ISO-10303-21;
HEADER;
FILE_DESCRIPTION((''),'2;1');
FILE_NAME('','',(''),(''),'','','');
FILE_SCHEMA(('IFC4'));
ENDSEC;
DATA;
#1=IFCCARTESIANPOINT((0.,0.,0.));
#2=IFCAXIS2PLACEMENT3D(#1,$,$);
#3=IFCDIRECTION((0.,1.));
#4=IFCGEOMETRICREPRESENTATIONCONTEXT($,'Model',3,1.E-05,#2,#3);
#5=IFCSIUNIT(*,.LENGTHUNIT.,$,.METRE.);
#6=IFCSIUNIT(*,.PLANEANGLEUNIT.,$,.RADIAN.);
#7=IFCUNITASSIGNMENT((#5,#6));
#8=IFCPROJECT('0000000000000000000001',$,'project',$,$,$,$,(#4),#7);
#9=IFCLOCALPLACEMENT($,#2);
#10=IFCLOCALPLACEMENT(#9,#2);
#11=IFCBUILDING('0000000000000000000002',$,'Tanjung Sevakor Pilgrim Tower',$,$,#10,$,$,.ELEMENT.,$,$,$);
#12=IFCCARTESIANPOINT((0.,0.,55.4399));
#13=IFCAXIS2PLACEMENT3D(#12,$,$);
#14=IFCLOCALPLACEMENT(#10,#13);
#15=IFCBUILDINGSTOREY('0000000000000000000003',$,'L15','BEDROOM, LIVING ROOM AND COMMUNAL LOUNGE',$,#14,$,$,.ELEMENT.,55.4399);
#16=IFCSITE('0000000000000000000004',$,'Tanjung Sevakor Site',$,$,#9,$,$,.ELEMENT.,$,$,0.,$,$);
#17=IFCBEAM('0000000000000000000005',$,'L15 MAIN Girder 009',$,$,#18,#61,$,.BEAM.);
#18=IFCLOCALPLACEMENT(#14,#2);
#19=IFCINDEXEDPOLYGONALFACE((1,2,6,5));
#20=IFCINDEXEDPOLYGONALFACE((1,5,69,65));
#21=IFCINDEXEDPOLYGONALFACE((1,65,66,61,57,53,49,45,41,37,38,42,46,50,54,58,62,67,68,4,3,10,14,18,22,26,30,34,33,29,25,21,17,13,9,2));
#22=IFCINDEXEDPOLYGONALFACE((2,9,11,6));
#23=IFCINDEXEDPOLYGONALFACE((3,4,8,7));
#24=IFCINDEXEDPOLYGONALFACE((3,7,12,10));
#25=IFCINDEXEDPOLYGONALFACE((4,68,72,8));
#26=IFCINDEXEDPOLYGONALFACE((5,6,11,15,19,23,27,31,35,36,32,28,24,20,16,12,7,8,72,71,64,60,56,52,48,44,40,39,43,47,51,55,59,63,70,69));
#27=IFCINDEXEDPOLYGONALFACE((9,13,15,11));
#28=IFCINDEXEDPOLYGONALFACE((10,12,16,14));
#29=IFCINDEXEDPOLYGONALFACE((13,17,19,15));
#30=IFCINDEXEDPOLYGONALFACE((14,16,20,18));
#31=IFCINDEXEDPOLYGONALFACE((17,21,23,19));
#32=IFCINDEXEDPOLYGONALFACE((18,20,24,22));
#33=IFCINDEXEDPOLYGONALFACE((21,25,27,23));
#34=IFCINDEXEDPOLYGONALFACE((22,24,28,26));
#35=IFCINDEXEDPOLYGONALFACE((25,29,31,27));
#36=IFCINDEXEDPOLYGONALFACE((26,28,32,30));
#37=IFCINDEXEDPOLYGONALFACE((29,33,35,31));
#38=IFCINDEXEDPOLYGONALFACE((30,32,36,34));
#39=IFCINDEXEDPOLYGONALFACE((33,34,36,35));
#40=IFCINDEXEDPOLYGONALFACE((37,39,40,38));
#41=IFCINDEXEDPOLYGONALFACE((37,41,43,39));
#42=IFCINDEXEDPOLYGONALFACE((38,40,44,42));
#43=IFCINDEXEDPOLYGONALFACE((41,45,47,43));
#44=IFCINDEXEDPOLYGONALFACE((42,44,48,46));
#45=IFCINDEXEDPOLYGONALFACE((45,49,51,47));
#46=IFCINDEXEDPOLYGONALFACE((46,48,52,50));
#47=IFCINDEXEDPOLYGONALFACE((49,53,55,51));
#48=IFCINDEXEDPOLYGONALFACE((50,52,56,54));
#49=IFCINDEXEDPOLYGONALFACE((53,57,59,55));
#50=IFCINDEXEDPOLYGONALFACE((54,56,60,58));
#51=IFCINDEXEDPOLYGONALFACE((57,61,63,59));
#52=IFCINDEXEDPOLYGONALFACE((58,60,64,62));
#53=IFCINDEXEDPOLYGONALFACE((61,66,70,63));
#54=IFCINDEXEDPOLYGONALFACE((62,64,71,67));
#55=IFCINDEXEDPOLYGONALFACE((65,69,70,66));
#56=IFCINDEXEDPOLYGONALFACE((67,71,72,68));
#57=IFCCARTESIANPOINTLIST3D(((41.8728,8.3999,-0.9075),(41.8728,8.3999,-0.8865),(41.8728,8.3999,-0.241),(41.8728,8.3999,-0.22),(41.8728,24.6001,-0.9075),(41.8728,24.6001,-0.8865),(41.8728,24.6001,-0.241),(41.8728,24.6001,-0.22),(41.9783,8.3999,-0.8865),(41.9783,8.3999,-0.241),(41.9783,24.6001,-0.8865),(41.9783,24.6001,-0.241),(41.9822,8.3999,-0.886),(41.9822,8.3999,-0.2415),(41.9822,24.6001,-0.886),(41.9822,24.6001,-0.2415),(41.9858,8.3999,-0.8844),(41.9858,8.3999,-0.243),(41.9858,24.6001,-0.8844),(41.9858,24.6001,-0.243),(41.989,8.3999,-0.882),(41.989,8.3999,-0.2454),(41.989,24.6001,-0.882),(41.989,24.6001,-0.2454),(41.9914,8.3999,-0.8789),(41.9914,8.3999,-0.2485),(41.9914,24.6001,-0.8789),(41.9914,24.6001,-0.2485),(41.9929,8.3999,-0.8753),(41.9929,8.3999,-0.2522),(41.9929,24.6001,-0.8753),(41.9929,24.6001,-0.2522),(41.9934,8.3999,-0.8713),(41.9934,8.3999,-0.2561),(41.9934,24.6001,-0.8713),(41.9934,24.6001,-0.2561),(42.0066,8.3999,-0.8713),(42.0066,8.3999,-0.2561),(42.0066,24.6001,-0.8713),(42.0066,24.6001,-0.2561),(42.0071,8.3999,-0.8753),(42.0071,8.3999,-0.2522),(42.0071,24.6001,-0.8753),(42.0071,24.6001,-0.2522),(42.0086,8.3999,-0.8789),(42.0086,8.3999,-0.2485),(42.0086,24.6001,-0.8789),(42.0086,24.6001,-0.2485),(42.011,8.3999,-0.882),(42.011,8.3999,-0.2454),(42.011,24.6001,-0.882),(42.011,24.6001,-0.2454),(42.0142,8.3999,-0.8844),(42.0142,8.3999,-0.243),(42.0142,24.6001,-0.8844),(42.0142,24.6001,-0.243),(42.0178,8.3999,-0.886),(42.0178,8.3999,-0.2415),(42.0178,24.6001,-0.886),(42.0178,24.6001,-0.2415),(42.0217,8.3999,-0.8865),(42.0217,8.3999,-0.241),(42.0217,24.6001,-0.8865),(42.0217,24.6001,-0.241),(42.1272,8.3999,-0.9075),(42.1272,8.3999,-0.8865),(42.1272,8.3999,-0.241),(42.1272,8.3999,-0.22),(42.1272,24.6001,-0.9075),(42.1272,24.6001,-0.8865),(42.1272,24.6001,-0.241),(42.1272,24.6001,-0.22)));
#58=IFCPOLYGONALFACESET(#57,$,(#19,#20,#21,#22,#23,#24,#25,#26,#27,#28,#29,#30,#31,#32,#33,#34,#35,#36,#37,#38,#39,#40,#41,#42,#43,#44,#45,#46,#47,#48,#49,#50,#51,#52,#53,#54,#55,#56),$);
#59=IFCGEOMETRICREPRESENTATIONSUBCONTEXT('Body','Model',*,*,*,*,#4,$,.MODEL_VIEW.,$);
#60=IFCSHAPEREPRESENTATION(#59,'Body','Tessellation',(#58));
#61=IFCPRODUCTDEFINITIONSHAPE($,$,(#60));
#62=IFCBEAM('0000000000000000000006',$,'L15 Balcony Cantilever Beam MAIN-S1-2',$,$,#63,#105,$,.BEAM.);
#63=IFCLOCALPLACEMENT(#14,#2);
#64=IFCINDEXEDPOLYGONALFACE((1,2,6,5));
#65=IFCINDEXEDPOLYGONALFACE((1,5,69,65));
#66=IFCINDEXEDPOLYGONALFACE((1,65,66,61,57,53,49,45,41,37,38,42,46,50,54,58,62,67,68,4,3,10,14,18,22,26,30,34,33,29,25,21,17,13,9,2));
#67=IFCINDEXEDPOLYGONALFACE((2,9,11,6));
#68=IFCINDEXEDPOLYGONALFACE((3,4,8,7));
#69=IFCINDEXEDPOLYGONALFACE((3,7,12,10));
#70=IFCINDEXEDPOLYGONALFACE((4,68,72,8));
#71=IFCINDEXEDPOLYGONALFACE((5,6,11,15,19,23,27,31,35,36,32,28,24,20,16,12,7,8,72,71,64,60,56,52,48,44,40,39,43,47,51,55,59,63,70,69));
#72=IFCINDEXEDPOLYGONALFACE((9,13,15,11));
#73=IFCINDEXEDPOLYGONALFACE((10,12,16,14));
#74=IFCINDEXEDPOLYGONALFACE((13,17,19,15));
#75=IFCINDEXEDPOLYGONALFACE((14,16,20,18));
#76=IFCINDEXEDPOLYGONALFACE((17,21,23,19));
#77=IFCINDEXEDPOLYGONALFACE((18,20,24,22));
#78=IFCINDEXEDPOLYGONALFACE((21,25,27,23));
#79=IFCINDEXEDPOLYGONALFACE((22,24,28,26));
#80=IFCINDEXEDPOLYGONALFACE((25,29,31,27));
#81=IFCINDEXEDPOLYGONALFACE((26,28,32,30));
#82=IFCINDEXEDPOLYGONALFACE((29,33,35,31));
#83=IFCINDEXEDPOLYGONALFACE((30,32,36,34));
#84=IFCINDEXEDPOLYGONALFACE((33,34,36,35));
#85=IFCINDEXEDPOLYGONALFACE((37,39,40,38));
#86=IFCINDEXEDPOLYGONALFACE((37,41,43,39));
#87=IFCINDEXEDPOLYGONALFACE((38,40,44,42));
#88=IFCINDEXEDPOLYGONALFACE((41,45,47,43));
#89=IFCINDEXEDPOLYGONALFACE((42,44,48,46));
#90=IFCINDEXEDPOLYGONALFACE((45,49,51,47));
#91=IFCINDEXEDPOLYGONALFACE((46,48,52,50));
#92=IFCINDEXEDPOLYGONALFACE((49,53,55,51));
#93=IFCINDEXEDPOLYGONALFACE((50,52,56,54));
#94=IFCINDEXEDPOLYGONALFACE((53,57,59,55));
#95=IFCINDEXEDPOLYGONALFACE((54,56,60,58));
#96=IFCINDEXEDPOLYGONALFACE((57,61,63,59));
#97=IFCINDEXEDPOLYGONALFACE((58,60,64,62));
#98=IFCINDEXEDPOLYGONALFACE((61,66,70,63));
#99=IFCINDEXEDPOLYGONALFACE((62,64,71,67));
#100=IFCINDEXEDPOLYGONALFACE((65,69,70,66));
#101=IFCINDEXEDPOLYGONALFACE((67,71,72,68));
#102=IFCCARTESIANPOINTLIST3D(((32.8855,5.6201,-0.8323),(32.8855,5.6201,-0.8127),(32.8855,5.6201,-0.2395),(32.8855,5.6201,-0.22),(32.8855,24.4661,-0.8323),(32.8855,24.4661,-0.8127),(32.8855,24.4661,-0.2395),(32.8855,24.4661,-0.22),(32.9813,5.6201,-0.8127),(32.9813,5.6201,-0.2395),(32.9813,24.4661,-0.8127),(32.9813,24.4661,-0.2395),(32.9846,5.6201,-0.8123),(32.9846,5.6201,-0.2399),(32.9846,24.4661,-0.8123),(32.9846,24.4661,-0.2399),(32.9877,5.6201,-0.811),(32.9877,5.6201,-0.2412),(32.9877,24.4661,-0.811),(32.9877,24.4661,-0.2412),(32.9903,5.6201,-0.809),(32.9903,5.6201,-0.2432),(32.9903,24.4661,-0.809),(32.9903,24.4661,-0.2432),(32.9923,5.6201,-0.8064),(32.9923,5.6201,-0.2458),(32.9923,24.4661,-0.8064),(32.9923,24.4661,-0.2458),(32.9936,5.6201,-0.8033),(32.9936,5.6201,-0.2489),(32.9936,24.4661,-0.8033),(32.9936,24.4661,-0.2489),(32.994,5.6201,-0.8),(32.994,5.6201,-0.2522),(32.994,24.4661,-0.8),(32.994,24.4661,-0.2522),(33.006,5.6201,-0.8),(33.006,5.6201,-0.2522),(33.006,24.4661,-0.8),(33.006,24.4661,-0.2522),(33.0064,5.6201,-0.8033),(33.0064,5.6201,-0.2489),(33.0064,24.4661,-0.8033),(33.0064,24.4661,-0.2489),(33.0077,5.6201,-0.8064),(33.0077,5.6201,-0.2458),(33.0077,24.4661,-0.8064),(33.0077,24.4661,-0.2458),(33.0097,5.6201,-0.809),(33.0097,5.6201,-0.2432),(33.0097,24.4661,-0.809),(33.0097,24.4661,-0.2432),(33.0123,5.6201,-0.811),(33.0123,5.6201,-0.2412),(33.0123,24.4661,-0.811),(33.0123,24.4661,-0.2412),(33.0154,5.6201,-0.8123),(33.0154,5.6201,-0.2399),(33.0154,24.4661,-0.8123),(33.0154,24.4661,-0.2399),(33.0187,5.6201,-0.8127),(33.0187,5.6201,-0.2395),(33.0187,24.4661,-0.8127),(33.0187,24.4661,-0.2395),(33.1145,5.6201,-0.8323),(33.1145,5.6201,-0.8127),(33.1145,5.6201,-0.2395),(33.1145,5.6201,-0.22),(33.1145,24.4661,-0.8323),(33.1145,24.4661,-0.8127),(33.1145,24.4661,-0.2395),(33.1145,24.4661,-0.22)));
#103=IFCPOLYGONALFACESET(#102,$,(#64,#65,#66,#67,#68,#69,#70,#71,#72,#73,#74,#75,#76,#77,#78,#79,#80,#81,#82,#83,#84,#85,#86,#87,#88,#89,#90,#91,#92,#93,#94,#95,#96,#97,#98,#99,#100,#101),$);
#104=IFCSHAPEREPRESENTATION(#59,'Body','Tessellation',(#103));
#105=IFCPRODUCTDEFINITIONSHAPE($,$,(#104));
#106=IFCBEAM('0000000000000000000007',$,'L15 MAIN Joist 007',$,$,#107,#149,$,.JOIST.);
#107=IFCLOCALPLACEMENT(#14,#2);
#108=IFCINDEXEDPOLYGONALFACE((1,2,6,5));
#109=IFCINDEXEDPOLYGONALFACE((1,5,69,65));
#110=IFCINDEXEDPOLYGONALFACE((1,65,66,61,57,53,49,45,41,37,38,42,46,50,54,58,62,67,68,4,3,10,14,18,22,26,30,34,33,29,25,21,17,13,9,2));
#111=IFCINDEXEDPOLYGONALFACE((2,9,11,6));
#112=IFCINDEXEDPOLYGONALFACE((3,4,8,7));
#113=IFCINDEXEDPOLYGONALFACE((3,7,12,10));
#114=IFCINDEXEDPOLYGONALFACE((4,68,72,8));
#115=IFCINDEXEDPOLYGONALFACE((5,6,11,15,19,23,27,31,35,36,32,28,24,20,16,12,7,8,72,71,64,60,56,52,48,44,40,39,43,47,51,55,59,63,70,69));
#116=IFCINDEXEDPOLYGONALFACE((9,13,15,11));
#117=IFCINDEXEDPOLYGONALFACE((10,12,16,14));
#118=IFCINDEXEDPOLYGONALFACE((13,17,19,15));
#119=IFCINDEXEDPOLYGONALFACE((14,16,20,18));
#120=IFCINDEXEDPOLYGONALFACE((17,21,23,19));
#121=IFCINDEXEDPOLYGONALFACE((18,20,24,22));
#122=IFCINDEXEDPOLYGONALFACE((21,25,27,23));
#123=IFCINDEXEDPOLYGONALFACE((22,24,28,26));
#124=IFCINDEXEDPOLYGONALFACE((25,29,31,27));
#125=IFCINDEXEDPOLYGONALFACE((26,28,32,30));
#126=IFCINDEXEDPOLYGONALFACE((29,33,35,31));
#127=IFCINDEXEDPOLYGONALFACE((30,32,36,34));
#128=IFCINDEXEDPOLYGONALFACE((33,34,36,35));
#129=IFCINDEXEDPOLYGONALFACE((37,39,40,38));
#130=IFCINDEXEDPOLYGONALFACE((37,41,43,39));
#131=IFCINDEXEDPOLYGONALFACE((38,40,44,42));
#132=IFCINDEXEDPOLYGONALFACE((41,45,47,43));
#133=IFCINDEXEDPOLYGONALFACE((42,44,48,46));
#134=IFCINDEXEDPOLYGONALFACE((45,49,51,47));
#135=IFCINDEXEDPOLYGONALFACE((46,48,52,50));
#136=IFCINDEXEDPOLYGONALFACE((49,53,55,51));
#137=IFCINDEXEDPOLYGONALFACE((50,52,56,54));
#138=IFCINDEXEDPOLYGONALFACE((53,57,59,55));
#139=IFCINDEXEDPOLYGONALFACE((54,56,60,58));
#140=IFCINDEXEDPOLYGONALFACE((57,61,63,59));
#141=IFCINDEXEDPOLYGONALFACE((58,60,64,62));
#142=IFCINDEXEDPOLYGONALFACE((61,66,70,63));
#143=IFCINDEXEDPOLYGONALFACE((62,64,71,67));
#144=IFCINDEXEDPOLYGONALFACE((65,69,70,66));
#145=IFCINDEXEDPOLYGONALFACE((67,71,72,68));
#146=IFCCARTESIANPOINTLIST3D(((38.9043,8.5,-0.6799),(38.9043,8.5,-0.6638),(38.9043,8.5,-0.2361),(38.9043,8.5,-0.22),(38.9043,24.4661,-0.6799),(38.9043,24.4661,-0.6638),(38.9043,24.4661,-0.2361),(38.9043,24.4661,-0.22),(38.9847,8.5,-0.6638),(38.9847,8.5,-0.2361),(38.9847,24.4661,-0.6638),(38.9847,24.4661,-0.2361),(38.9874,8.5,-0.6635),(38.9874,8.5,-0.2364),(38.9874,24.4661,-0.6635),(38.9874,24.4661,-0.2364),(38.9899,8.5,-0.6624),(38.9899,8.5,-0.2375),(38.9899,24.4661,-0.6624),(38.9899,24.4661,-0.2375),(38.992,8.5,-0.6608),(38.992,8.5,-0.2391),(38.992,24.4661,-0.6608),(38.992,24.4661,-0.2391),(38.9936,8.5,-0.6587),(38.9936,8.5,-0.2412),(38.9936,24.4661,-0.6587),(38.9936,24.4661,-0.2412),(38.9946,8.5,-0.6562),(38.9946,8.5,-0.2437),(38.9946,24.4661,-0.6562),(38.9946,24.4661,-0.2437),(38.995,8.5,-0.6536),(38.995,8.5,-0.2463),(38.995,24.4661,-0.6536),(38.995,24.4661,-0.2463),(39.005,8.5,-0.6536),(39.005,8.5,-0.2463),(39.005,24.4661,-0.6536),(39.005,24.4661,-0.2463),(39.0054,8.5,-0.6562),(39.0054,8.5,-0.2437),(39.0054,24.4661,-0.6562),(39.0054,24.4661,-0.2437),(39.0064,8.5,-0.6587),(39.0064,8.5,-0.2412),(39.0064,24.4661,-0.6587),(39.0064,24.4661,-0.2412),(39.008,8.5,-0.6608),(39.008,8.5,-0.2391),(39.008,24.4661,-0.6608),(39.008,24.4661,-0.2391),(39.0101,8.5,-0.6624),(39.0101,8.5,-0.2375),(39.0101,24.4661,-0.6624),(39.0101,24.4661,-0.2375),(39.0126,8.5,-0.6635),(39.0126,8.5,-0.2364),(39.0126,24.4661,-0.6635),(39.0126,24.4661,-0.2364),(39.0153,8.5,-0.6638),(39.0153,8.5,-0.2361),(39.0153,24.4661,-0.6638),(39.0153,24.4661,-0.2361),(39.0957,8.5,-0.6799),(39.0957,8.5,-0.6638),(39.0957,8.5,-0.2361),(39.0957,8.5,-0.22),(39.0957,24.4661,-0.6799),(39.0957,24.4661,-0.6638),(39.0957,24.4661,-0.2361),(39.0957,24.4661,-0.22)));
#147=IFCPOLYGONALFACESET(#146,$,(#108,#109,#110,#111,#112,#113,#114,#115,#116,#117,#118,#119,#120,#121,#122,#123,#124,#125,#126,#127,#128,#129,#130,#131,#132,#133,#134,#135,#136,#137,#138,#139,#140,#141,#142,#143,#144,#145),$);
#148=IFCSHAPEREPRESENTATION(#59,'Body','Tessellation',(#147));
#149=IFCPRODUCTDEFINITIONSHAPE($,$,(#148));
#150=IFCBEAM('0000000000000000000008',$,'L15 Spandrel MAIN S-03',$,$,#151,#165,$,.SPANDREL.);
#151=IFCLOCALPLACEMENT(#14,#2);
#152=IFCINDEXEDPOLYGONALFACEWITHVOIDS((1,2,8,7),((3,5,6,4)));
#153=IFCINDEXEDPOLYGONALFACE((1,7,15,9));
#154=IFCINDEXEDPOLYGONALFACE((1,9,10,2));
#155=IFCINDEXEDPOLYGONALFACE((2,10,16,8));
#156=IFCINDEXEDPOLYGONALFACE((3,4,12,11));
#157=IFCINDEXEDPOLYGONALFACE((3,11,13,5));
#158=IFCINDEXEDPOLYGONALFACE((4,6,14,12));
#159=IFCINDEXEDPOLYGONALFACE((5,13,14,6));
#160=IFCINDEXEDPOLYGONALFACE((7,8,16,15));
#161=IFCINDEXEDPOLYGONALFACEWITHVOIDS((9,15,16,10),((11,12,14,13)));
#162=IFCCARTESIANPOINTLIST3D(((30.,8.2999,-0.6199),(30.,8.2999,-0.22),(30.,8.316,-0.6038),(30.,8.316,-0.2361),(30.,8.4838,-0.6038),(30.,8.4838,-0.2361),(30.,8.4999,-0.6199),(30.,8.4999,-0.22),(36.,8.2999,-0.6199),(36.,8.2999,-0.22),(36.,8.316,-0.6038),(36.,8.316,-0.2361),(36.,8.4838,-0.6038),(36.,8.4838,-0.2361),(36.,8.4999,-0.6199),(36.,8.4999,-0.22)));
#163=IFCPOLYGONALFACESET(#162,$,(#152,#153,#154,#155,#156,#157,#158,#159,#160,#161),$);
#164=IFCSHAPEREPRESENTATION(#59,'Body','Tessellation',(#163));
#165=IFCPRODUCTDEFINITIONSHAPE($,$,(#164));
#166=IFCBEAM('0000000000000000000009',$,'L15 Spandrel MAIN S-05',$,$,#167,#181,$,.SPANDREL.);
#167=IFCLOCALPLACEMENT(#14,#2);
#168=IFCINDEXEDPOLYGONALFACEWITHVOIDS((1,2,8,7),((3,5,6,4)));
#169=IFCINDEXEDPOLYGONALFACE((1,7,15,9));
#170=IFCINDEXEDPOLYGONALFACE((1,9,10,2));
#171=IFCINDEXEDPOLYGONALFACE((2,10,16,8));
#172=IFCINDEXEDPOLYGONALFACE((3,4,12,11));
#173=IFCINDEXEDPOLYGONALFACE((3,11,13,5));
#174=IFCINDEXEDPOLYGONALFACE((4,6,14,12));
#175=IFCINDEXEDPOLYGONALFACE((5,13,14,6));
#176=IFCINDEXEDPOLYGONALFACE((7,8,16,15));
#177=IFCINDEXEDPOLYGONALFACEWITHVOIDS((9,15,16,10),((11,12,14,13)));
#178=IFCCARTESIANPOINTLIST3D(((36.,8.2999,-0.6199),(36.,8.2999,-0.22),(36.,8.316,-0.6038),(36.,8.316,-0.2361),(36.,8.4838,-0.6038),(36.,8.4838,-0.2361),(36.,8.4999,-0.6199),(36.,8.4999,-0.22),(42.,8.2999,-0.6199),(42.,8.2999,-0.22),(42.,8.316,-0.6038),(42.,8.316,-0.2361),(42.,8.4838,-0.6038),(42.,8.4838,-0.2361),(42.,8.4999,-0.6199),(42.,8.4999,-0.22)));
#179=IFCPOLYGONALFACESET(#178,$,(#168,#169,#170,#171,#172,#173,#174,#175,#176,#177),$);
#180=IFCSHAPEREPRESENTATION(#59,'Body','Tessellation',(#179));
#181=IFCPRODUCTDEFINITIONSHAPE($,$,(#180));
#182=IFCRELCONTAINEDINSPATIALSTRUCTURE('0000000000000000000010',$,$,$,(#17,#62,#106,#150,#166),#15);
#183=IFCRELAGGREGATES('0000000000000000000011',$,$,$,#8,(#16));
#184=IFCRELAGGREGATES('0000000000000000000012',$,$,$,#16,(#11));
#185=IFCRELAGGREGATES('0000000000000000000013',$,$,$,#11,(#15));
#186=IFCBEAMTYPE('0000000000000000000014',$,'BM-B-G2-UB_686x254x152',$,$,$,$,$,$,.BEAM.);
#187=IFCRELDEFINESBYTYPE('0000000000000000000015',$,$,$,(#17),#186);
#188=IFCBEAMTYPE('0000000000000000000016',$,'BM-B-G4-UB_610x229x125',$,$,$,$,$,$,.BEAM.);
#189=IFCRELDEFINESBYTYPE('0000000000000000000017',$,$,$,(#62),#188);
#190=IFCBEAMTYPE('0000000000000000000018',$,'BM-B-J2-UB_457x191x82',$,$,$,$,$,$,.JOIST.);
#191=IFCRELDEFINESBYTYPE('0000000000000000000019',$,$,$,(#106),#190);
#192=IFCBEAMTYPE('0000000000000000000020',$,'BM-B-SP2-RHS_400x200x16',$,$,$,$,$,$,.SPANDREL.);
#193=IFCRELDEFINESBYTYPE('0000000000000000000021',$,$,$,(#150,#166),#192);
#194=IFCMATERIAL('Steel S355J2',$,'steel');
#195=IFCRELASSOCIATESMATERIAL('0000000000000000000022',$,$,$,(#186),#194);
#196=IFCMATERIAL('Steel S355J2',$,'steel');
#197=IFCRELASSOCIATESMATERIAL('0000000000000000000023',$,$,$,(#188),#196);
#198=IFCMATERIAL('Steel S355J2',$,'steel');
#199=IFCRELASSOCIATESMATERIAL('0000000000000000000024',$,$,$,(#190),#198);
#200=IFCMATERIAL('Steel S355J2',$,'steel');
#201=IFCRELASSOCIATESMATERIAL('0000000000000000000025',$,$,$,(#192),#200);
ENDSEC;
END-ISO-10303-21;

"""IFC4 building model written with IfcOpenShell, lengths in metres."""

from ifc_helpers import new_model, si_unit, direction, frame, origin, origin_2d, place, context, subcontext, project, spatial, hollow_rectangle, i_section, extrude, material, material_profile, profile_set, type_object, element, save


model = new_model("IFC4")

# Units and contexts
model_context = context("Model", 3, precision=1e-05, world=origin(), true_north=direction((0.0, 1.0)))
body_context = subcontext(model_context, "Body", "Model", "MODEL_VIEW")
ifc_project = project(units=[si_unit("LENGTHUNIT", "METRE"), si_unit("PLANEANGLEUNIT", "RADIAN")], contexts=[model_context])

# Site, building, storey
site_placement = place(None, origin())
site = spatial("IfcSite", under=ifc_project, at=site_placement, Name="Tanjung Sevakor Site", CompositionType="ELEMENT", RefElevation=0.0)
building_placement = place(site_placement, origin())
building = spatial("IfcBuilding", under=site, at=building_placement, Name="Tanjung Sevakor Pilgrim Tower", CompositionType="ELEMENT")
storey_placement = place(building_placement, frame((0.0, 0.0, 55.4399)))
storey = spatial("IfcBuildingStorey", under=building, at=storey_placement, Name="L15", Description="BEDROOM, LIVING ROOM AND COMMUNAL LOUNGE", CompositionType="ELEMENT", Elevation=55.4399)

# Beams
ifc_material_1 = material(Name="Steel S355J2", Category="steel")
ifc_material_profile_1 = material_profile(ifc_material_1, i_section(OverallWidth=0.2544, OverallDepth=0.6875, WebThickness=0.0132, FlangeThickness=0.021, FilletRadius=0.0151, at=origin_2d()))
ifc_profile_set_1 = profile_set([ifc_material_profile_1], Name="Steel S355J2")
beam_type_1 = type_object("IfcBeamType", Name="BM-B-G2-UB_686x254x152", PredefinedType="BEAM", material=ifc_profile_set_1)
beam_1_placement = place(storey_placement, frame((42.0, 8.3999, -0.5637), z_axis=(0.0, 1.0, 0.0), x_axis=(-1.0, 0.0, 0.0)))
element("IfcBeam", 1, at=beam_1_placement, inside=storey, type_object=beam_type_1, Name="L15 MAIN Girder 009", PredefinedType="BEAM", context=body_context, shape_type="SweptSolid", body=[
    extrude(i_section(OverallWidth=0.2544, OverallDepth=0.6875, WebThickness=0.0132, FlangeThickness=0.021, FilletRadius=0.0151, at=origin_2d()), origin(), (0.0, 0.0, 1.0), 16.2002),
])
ifc_material_2 = material(Name="Steel S355J2", Category="steel")
ifc_material_profile_2 = material_profile(ifc_material_2, i_section(OverallWidth=0.229, OverallDepth=0.6123, WebThickness=0.012, FlangeThickness=0.0195, FilletRadius=0.0127, at=origin_2d()))
ifc_profile_set_2 = profile_set([ifc_material_profile_2], Name="Steel S355J2")
beam_type_2 = type_object("IfcBeamType", Name="BM-B-G4-UB_610x229x125", PredefinedType="BEAM", material=ifc_profile_set_2)
beam_2_placement = place(storey_placement, frame((33.0, 24.4661, -0.5261), z_axis=(0.0, -1.0, 0.0), x_axis=(1.0, 0.0, 0.0)))
element("IfcBeam", 2, at=beam_2_placement, inside=storey, type_object=beam_type_2, Name="L15 Balcony Cantilever Beam MAIN-S1-2", PredefinedType="BEAM", context=body_context, shape_type="SweptSolid", body=[
    extrude(i_section(OverallWidth=0.229, OverallDepth=0.6123, WebThickness=0.012, FlangeThickness=0.0195, FilletRadius=0.0127, at=origin_2d()), origin(), (0.0, 0.0, 1.0), 18.8459),
])
ifc_material_3 = material(Name="Steel S355J2", Category="steel")
ifc_material_profile_3 = material_profile(ifc_material_3, i_section(OverallWidth=0.1914, OverallDepth=0.46, WebThickness=0.01, FlangeThickness=0.0161, FilletRadius=0.0103, at=origin_2d()))
ifc_profile_set_3 = profile_set([ifc_material_profile_3], Name="Steel S355J2")
beam_type_3 = type_object("IfcBeamType", Name="BM-B-J2-UB_457x191x82", PredefinedType="JOIST", material=ifc_profile_set_3)
beam_3_placement = place(storey_placement, frame((39.0, 8.5, -0.45), z_axis=(0.0, 1.0, 0.0), x_axis=(-1.0, 0.0, 0.0)))
element("IfcBeam", 3, at=beam_3_placement, inside=storey, type_object=beam_type_3, Name="L15 MAIN Joist 007", PredefinedType="JOIST", context=body_context, shape_type="SweptSolid", body=[
    extrude(i_section(OverallWidth=0.1914, OverallDepth=0.46, WebThickness=0.01, FlangeThickness=0.0161, FilletRadius=0.0103, at=origin_2d()), origin(), (0.0, 0.0, 1.0), 15.9661),
])
ifc_material_4 = material(Name="Steel S355J2", Category="steel")
ifc_material_profile_4 = material_profile(ifc_material_4, hollow_rectangle(XDim=0.2, YDim=0.3999, WallThickness=0.0161, at=origin_2d()))
ifc_profile_set_4 = profile_set([ifc_material_profile_4], Name="Steel S355J2")
beam_type_4 = type_object("IfcBeamType", Name="BM-B-SP2-RHS_400x200x16", PredefinedType="SPANDREL", material=ifc_profile_set_4)
for number, where, z_axis, x_axis, name in (
    (4, (30.0, 8.3999, -0.4199), (1.0, 0.0, 0.0), (0.0, 1.0, 0.0), "L15 Spandrel MAIN S-03"),
    (5, (36.0, 8.3999, -0.4199), (1.0, 0.0, 0.0), (0.0, 1.0, 0.0), "L15 Spandrel MAIN S-05"),
):
    element("IfcBeam", number, at=place(storey_placement, frame(where, z_axis=z_axis, x_axis=x_axis)), inside=storey, type_object=beam_type_4, Name=name, PredefinedType="SPANDREL", context=body_context, shape_type="SweptSolid", body=[
        extrude(hollow_rectangle(XDim=0.2, YDim=0.3999, WallThickness=0.0161, at=origin_2d()), origin(), (0.0, 0.0, 1.0), 6.0),
    ])

save(model, "model.ifc")
